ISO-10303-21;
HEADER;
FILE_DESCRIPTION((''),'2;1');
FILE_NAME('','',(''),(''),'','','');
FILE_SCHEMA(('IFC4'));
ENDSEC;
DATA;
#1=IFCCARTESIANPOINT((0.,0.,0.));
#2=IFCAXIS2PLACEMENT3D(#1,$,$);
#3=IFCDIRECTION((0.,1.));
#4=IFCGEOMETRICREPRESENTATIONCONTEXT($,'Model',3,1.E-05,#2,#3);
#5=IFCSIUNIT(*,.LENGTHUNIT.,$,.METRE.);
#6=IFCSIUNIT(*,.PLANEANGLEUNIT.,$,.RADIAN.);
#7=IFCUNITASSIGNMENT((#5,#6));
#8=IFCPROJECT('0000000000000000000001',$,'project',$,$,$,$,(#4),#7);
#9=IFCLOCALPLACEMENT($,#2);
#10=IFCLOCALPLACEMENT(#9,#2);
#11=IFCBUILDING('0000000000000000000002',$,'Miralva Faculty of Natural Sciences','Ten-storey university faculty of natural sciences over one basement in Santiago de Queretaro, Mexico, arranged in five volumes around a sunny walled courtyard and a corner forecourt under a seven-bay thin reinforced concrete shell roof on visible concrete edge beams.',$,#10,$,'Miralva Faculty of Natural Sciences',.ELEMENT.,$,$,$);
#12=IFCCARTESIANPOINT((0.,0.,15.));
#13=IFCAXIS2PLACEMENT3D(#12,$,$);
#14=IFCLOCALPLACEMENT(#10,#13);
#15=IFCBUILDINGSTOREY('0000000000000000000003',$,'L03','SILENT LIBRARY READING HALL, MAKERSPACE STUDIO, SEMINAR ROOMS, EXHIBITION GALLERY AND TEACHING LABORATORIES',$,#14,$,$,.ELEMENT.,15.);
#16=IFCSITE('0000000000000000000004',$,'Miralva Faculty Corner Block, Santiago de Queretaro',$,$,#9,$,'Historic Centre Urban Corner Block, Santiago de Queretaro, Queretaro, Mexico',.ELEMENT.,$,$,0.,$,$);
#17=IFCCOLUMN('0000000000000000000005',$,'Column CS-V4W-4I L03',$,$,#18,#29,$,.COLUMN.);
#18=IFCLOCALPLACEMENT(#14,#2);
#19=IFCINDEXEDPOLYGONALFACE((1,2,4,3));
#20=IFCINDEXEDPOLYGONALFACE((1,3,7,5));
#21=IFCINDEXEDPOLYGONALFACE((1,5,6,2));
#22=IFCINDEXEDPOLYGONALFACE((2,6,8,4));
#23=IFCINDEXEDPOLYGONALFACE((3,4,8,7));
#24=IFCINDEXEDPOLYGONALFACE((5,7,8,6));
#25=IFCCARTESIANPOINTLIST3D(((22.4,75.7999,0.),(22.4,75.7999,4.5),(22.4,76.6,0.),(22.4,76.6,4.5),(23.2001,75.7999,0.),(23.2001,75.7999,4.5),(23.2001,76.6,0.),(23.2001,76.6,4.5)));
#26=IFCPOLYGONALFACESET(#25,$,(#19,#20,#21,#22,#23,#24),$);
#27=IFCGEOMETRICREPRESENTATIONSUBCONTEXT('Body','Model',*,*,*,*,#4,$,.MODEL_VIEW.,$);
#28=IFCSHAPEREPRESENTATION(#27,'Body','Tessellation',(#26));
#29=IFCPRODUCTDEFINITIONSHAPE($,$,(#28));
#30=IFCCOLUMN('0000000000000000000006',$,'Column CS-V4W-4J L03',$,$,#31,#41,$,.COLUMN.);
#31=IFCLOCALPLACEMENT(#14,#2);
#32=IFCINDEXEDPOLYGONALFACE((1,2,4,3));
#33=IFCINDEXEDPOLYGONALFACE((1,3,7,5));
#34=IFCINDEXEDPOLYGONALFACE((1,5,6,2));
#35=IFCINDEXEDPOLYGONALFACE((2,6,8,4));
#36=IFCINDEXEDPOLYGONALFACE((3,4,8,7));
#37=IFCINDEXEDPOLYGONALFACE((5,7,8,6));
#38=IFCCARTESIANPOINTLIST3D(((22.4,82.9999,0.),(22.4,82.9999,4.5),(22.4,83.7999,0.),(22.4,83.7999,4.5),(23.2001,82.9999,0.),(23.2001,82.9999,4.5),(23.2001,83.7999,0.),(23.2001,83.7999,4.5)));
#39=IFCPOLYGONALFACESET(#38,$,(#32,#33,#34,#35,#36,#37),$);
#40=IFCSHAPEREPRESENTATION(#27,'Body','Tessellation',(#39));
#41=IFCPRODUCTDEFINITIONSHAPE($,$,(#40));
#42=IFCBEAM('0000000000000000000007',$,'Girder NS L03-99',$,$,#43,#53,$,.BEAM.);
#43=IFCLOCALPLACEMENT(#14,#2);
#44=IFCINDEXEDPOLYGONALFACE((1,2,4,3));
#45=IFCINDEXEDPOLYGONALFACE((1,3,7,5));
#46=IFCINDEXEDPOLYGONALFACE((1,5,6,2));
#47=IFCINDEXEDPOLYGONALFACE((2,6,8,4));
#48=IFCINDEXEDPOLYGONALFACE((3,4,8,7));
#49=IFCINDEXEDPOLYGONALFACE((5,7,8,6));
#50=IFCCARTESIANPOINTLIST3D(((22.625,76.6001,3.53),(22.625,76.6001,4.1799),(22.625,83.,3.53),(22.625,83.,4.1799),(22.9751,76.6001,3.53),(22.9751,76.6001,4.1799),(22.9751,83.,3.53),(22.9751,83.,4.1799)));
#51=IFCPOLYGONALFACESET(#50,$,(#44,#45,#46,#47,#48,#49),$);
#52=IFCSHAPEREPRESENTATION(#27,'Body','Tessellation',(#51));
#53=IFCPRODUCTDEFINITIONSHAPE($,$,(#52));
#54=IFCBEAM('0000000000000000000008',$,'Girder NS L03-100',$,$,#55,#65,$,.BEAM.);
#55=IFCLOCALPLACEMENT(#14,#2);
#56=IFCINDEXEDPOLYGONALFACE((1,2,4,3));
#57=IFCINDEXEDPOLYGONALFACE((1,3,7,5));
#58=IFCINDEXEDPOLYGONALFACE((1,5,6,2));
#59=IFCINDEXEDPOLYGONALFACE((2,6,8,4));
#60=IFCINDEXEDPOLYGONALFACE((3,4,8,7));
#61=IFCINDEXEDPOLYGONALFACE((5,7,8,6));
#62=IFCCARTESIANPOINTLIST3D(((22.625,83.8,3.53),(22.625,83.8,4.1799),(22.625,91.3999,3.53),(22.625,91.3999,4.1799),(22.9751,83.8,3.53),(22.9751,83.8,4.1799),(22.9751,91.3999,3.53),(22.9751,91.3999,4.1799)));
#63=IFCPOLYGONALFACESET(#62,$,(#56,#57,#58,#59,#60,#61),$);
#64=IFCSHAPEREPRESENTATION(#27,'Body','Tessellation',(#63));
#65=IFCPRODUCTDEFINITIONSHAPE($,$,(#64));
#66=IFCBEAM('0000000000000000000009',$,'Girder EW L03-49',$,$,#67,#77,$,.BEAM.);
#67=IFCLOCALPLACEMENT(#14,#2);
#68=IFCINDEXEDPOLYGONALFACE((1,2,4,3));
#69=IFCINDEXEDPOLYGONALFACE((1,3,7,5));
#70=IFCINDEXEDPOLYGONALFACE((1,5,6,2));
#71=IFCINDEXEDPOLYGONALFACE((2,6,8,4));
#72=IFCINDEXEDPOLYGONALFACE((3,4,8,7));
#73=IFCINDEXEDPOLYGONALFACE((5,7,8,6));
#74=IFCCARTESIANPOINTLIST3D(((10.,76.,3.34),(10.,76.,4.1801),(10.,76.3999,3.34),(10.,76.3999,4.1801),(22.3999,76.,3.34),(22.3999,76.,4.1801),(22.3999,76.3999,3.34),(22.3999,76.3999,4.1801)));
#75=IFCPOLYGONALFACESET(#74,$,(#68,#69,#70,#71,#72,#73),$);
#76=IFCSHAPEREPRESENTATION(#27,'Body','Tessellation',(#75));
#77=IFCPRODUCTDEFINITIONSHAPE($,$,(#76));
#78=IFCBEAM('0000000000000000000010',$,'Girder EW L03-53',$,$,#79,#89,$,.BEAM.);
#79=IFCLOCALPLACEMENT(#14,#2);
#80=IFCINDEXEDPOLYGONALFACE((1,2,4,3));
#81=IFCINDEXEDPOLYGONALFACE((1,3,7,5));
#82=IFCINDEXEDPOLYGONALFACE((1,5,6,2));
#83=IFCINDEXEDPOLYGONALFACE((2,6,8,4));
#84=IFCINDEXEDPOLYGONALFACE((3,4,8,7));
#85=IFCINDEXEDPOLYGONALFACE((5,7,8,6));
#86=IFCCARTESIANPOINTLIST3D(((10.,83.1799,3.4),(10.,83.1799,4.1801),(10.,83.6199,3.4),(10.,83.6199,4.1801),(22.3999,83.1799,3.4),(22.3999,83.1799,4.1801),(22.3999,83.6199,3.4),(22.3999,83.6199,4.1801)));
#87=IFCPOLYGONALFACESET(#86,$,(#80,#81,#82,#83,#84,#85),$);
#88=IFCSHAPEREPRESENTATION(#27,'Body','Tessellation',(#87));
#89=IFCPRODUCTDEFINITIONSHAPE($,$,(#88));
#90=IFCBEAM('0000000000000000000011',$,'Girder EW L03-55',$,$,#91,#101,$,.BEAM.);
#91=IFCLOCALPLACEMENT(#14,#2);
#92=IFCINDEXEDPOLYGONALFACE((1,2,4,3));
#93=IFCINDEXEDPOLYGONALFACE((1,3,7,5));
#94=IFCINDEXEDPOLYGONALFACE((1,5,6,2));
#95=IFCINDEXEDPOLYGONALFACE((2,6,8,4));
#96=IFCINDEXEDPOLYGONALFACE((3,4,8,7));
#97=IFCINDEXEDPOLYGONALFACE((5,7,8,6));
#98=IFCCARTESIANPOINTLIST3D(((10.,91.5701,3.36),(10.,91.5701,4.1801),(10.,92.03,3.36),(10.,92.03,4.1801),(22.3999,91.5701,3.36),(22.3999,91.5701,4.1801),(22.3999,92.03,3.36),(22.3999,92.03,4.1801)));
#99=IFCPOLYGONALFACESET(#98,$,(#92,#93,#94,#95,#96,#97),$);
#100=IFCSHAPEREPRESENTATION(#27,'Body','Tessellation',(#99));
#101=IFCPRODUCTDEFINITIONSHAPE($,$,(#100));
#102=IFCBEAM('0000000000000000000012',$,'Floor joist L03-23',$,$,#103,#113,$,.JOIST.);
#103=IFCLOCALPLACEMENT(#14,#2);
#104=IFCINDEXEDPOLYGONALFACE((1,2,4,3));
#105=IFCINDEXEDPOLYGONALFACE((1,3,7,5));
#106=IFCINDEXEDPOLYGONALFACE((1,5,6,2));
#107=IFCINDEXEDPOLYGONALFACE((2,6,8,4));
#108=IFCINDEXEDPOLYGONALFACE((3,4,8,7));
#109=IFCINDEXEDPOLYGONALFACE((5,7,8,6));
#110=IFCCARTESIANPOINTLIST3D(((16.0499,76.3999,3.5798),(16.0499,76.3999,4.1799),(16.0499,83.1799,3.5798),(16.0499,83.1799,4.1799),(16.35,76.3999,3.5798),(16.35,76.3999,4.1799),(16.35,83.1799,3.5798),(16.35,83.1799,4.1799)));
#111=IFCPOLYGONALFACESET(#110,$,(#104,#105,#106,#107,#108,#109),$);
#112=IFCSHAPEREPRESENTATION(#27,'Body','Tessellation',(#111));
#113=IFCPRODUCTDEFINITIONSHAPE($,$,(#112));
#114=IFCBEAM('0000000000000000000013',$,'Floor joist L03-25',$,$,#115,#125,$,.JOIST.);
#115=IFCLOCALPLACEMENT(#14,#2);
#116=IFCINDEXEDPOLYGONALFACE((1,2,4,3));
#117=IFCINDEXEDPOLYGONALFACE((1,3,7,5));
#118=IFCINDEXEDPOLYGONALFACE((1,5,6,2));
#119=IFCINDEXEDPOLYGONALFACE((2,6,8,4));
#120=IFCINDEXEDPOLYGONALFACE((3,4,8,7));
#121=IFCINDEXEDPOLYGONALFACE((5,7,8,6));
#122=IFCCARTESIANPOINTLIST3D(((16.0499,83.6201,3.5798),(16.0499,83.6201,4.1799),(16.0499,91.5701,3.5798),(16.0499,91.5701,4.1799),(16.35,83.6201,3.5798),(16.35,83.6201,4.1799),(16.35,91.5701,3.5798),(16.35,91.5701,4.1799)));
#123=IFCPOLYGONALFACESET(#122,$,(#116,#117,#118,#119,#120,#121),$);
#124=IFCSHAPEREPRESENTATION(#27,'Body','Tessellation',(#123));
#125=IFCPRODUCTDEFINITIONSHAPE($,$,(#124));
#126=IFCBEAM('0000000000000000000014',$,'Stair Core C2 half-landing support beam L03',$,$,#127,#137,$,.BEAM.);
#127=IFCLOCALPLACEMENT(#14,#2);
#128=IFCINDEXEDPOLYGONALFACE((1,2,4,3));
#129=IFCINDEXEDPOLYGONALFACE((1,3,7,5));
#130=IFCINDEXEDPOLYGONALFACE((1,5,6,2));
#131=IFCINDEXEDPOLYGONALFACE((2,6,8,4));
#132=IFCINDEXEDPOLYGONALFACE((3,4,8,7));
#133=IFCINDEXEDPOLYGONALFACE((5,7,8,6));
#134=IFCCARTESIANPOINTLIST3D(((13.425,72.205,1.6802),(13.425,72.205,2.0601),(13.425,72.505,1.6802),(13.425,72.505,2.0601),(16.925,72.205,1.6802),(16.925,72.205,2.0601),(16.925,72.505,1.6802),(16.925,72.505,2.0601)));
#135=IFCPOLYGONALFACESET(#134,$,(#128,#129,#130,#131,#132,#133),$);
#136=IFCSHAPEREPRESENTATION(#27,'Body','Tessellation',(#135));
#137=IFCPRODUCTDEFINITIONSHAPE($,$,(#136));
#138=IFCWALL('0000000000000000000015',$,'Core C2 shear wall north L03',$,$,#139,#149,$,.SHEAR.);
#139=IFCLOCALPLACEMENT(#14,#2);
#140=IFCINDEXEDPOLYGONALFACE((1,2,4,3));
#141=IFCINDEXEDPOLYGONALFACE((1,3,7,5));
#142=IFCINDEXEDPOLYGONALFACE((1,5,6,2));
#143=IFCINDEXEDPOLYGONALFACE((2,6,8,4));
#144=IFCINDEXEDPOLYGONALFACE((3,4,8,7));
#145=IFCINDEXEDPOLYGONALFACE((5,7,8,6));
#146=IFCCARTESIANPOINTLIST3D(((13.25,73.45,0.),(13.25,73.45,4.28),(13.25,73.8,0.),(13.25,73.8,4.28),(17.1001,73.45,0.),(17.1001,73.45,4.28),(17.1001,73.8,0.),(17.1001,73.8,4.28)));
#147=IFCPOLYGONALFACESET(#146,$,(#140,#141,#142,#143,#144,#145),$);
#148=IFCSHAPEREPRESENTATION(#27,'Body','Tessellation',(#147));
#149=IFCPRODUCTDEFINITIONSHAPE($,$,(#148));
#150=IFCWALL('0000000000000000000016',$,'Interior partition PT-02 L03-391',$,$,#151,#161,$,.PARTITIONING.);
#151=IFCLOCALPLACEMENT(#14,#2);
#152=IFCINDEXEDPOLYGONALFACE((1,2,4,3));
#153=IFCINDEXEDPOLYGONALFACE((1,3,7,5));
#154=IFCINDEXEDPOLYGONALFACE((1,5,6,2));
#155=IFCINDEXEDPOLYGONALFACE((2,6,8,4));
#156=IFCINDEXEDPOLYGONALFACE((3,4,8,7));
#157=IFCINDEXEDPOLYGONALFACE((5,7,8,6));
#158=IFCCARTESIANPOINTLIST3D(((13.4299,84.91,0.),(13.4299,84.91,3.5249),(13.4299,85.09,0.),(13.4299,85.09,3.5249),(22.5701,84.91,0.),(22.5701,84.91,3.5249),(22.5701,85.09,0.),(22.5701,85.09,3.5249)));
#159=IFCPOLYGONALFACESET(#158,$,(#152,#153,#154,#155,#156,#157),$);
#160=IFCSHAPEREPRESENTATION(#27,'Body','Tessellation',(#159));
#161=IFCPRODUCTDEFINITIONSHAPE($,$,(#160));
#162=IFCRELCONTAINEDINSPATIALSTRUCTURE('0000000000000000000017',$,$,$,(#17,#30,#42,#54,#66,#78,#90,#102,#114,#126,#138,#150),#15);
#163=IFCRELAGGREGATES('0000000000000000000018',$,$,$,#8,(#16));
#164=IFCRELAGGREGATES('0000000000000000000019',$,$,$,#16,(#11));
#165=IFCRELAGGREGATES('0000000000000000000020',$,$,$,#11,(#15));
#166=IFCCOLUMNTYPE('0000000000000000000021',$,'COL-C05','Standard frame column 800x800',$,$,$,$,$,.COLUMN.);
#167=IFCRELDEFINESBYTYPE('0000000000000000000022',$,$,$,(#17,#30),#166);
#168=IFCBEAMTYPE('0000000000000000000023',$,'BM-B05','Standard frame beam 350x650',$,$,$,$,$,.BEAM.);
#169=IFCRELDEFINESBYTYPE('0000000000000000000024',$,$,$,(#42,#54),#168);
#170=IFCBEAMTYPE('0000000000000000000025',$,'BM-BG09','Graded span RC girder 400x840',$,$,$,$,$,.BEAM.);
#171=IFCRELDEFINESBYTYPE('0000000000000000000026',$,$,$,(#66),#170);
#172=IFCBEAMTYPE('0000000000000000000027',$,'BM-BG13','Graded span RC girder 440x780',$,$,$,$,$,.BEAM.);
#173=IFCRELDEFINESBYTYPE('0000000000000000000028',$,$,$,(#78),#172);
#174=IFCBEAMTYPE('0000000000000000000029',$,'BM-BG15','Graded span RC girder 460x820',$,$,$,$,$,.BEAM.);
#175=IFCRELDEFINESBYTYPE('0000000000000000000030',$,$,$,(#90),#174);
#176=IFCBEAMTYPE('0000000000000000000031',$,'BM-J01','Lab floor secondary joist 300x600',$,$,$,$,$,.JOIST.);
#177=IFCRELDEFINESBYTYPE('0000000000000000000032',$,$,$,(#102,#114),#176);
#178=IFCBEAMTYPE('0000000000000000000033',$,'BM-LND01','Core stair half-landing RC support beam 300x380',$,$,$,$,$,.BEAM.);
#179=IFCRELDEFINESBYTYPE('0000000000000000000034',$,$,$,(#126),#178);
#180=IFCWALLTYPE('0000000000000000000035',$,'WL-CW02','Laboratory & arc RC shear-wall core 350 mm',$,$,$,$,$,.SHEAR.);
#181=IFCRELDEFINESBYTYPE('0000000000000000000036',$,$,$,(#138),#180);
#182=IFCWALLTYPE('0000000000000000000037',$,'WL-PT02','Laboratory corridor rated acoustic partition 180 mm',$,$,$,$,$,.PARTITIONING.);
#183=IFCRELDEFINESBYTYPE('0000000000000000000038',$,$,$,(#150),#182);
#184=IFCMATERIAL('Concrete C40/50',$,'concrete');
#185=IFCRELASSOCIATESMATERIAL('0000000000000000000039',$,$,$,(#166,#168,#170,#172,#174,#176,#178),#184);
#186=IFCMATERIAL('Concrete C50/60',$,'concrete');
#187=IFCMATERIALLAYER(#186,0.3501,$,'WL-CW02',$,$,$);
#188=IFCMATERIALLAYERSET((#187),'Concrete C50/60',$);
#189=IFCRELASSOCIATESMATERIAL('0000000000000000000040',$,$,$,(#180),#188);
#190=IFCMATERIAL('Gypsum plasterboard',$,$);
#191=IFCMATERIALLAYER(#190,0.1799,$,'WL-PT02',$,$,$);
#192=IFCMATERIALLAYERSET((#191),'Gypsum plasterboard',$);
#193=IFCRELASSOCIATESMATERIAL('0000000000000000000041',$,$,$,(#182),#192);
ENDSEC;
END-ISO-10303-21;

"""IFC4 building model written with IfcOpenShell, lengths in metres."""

from ifc_helpers import new_model, si_unit, direction, frame, frame_2d, origin, origin_2d, place, context, subcontext, project, spatial, rectangle, extrude, material, layer, layer_set, material_profile, profile_set, type_object, element, save


model = new_model("IFC4")

# Units and contexts
model_context = context("Model", 3, precision=1e-05, world=origin(), true_north=direction((0.0, 1.0)))
body_context = subcontext(model_context, "Body", "Model", "MODEL_VIEW")
ifc_project = project(units=[si_unit("LENGTHUNIT", "METRE"), si_unit("PLANEANGLEUNIT", "RADIAN")], contexts=[model_context])

# Site, building, storey
site_placement = place(None, origin())
site = spatial("IfcSite", under=ifc_project, at=site_placement, Name="Miralva Faculty Corner Block, Santiago de Queretaro", LongName="Historic Centre Urban Corner Block, Santiago de Queretaro, Queretaro, Mexico", CompositionType="ELEMENT", RefElevation=0.0)
building_placement = place(site_placement, origin())
building = spatial("IfcBuilding", under=site, at=building_placement, Name="Miralva Faculty of Natural Sciences", Description="Ten-storey university faculty of natural sciences over one basement in Santiago de Queretaro, Mexico, arranged in five volumes around a sunny walled courtyard and a corner forecourt under a seven-bay thin reinforced concrete shell roof on visible concrete edge beams.", LongName="Miralva Faculty of Natural Sciences", CompositionType="ELEMENT")
storey_placement = place(building_placement, frame((0.0, 0.0, 15.0)))
storey = spatial("IfcBuildingStorey", under=building, at=storey_placement, Name="L03", Description="SILENT LIBRARY READING HALL, MAKERSPACE STUDIO, SEMINAR ROOMS, EXHIBITION GALLERY AND TEACHING LABORATORIES", CompositionType="ELEMENT", Elevation=15.0)

# Columns
ifc_material_1 = material(Name="Concrete C40/50", Category="concrete")
ifc_material_profile_1 = material_profile(ifc_material_1, rectangle(XDim=0.8, YDim=0.8, at=origin_2d()), Name="RC 800x800")
ifc_profile_set_1 = profile_set([ifc_material_profile_1], Name="Concrete C40/50")
column_type = type_object("IfcColumnType", Name="COL-C05", Description="Standard frame column 800x800", PredefinedType="COLUMN", material=ifc_profile_set_1)
for number, where, z_axis, x_axis, name in (
    (1, (22.8, 76.2, 0.0), (0.0, 0.0, 1.0), (1.0, 0.0, 0.0), "Column CS-V4W-4I L03"),
    (2, (22.8, 83.3999, 0.0), (0.0, 0.0, 1.0), (1.0, 0.0, 0.0), "Column CS-V4W-4J L03"),
):
    element("IfcColumn", number, at=place(storey_placement, frame(where, z_axis=z_axis, x_axis=x_axis)), inside=storey, type_object=column_type, Name=name, PredefinedType="COLUMN", context=body_context, shape_type="SweptSolid", body=[
        extrude(rectangle(XDim=0.8, YDim=0.8, at=origin_2d()), origin(), (0.0, 0.0, 1.0), 4.5),
    ])

# Beams
ifc_material_profile_2 = material_profile(ifc_material_1, rectangle(XDim=0.3501, YDim=0.6499, at=origin_2d()), Name="RC 350x650")
ifc_profile_set_2 = profile_set([ifc_material_profile_2], Name="Concrete C40/50")
beam_type_1 = type_object("IfcBeamType", Name="BM-B05", Description="Standard frame beam 350x650", PredefinedType="BEAM", material=ifc_profile_set_2)
beam_1_placement = place(storey_placement, frame((22.8, 76.6001, 3.855), z_axis=(0.0, 1.0, 0.0), x_axis=(-1.0, 0.0, 0.0)))
element("IfcBeam", 3, at=beam_1_placement, inside=storey, type_object=beam_type_1, Name="Girder NS L03-99", PredefinedType="BEAM", context=body_context, shape_type="SweptSolid", body=[
    extrude(rectangle(XDim=0.3501, YDim=0.6499, at=origin_2d()), origin(), (0.0, 0.0, 1.0), 6.3999),
])
beam_2_placement = place(storey_placement, frame((22.8, 83.8, 3.855), z_axis=(0.0, 1.0, 0.0), x_axis=(-1.0, 0.0, 0.0)))
element("IfcBeam", 4, at=beam_2_placement, inside=storey, type_object=beam_type_1, Name="Girder NS L03-100", PredefinedType="BEAM", context=body_context, shape_type="SweptSolid", body=[
    extrude(rectangle(XDim=0.3501, YDim=0.6499, at=origin_2d()), origin(), (0.0, 0.0, 1.0), 7.5999),
])
ifc_material_profile_3 = material_profile(ifc_material_1, rectangle(XDim=0.3999, YDim=0.8401, at=origin_2d()), Name="RC 400x840")
ifc_profile_set_3 = profile_set([ifc_material_profile_3], Name="Concrete C40/50")
beam_type_2 = type_object("IfcBeamType", Name="BM-BG09", Description="Graded span RC girder 400x840", PredefinedType="BEAM", material=ifc_profile_set_3)
beam_3_placement = place(storey_placement, frame((10.0, 76.2, 3.76), z_axis=(1.0, 0.0, 0.0), x_axis=(0.0, 1.0, 0.0)))
element("IfcBeam", 5, at=beam_3_placement, inside=storey, type_object=beam_type_2, Name="Girder EW L03-49", PredefinedType="BEAM", context=body_context, shape_type="SweptSolid", body=[
    extrude(rectangle(XDim=0.3999, YDim=0.8401, at=origin_2d()), origin(), (0.0, 0.0, 1.0), 12.3999),
])
ifc_material_profile_4 = material_profile(ifc_material_1, rectangle(XDim=0.4399, YDim=0.78, at=origin_2d()), Name="RC 440x780")
ifc_profile_set_4 = profile_set([ifc_material_profile_4], Name="Concrete C40/50")
beam_type_3 = type_object("IfcBeamType", Name="BM-BG13", Description="Graded span RC girder 440x780", PredefinedType="BEAM", material=ifc_profile_set_4)
beam_4_placement = place(storey_placement, frame((10.0, 83.3999, 3.79), z_axis=(1.0, 0.0, 0.0), x_axis=(0.0, 1.0, 0.0)))
element("IfcBeam", 6, at=beam_4_placement, inside=storey, type_object=beam_type_3, Name="Girder EW L03-53", PredefinedType="BEAM", context=body_context, shape_type="SweptSolid", body=[
    extrude(rectangle(XDim=0.4399, YDim=0.78, at=origin_2d()), origin(), (0.0, 0.0, 1.0), 12.3999),
])
ifc_material_profile_5 = material_profile(ifc_material_1, rectangle(XDim=0.46, YDim=0.8201, at=origin_2d()), Name="RC 460x820")
ifc_profile_set_5 = profile_set([ifc_material_profile_5], Name="Concrete C40/50")
beam_type_4 = type_object("IfcBeamType", Name="BM-BG15", Description="Graded span RC girder 460x820", PredefinedType="BEAM", material=ifc_profile_set_5)
beam_5_placement = place(storey_placement, frame((10.0, 91.8, 3.77), z_axis=(1.0, 0.0, 0.0), x_axis=(0.0, 1.0, 0.0)))
element("IfcBeam", 7, at=beam_5_placement, inside=storey, type_object=beam_type_4, Name="Girder EW L03-55", PredefinedType="BEAM", context=body_context, shape_type="SweptSolid", body=[
    extrude(rectangle(XDim=0.46, YDim=0.8201, at=origin_2d()), origin(), (0.0, 0.0, 1.0), 12.3999),
])
ifc_material_profile_6 = material_profile(ifc_material_1, rectangle(XDim=0.3, YDim=0.6001, at=origin_2d()), Name="RC 300x600")
ifc_profile_set_6 = profile_set([ifc_material_profile_6], Name="Concrete C40/50")
beam_type_5 = type_object("IfcBeamType", Name="BM-J01", Description="Lab floor secondary joist 300x600", PredefinedType="JOIST", material=ifc_profile_set_6)
beam_6_placement = place(storey_placement, frame((16.2, 76.3999, 3.8799), z_axis=(0.0, 1.0, 0.0), x_axis=(-1.0, 0.0, 0.0)))
element("IfcBeam", 8, at=beam_6_placement, inside=storey, type_object=beam_type_5, Name="Floor joist L03-23", PredefinedType="JOIST", context=body_context, shape_type="SweptSolid", body=[
    extrude(rectangle(XDim=0.3, YDim=0.6001, at=origin_2d()), origin(), (0.0, 0.0, 1.0), 6.78),
])
beam_7_placement = place(storey_placement, frame((16.2, 83.6201, 3.8799), z_axis=(0.0, 1.0, 0.0), x_axis=(-1.0, 0.0, 0.0)))
element("IfcBeam", 9, at=beam_7_placement, inside=storey, type_object=beam_type_5, Name="Floor joist L03-25", PredefinedType="JOIST", context=body_context, shape_type="SweptSolid", body=[
    extrude(rectangle(XDim=0.3, YDim=0.6001, at=origin_2d()), origin(), (0.0, 0.0, 1.0), 7.95),
])
ifc_material_profile_7 = material_profile(ifc_material_1, rectangle(XDim=0.3, YDim=0.3799, at=origin_2d()), Name="RC 300x380")
ifc_profile_set_7 = profile_set([ifc_material_profile_7], Name="Concrete C40/50")
beam_type_6 = type_object("IfcBeamType", Name="BM-LND01", Description="Core stair half-landing RC support beam 300x380", PredefinedType="BEAM", material=ifc_profile_set_7)
beam_8_placement = place(storey_placement, frame((13.425, 72.355, 1.8701), z_axis=(1.0, 0.0, 0.0), x_axis=(0.0, 1.0, 0.0)))
element("IfcBeam", 10, at=beam_8_placement, inside=storey, type_object=beam_type_6, Name="Stair Core C2 half-landing support beam L03", PredefinedType="BEAM", context=body_context, shape_type="SweptSolid", body=[
    extrude(rectangle(XDim=0.3, YDim=0.3799, at=origin_2d()), origin(), (0.0, 0.0, 1.0), 3.5),
])

# Walls
ifc_material_2 = material(Name="Concrete C50/60", Category="concrete")
ifc_layer_1 = layer(ifc_material_2, 0.3501, Name="WL-CW02")
ifc_layer_set_1 = layer_set([ifc_layer_1], Name="Concrete C50/60")
wall_type_1 = type_object("IfcWallType", Name="WL-CW02", Description="Laboratory & arc RC shear-wall core 350 mm", PredefinedType="SHEAR", material=ifc_layer_set_1)
wall_1_placement = place(storey_placement, frame((13.25, 73.625, 0.0), z_axis=(0.0, 0.0, 1.0), x_axis=(1.0, 0.0, 0.0)))
element("IfcWall", 11, at=wall_1_placement, inside=storey, type_object=wall_type_1, Name="Core C2 shear wall north L03", PredefinedType="SHEAR", context=body_context, shape_type="SweptSolid", body=[
    extrude(rectangle(XDim=3.8501, YDim=0.3501, at=frame_2d((1.925, 0.0))), origin(), (0.0, 0.0, 1.0), 4.28),
])
ifc_material_3 = material(Name="Gypsum plasterboard")
ifc_layer_2 = layer(ifc_material_3, 0.1799, Name="WL-PT02")
ifc_layer_set_2 = layer_set([ifc_layer_2], Name="Gypsum plasterboard")
wall_type_2 = type_object("IfcWallType", Name="WL-PT02", Description="Laboratory corridor rated acoustic partition 180 mm", PredefinedType="PARTITIONING", material=ifc_layer_set_2)
wall_2_placement = place(storey_placement, frame((13.4299, 85.0, 0.0), z_axis=(0.0, 0.0, 1.0), x_axis=(1.0, 0.0, 0.0)))
element("IfcWall", 12, at=wall_2_placement, inside=storey, type_object=wall_type_2, Name="Interior partition PT-02 L03-391", PredefinedType="PARTITIONING", context=body_context, shape_type="SweptSolid", body=[
    extrude(rectangle(XDim=9.1401, YDim=0.1799, at=frame_2d((4.5701, 0.0))), origin(), (0.0, 0.0, 1.0), 3.5249),
])

save(model, "model.ifc")
